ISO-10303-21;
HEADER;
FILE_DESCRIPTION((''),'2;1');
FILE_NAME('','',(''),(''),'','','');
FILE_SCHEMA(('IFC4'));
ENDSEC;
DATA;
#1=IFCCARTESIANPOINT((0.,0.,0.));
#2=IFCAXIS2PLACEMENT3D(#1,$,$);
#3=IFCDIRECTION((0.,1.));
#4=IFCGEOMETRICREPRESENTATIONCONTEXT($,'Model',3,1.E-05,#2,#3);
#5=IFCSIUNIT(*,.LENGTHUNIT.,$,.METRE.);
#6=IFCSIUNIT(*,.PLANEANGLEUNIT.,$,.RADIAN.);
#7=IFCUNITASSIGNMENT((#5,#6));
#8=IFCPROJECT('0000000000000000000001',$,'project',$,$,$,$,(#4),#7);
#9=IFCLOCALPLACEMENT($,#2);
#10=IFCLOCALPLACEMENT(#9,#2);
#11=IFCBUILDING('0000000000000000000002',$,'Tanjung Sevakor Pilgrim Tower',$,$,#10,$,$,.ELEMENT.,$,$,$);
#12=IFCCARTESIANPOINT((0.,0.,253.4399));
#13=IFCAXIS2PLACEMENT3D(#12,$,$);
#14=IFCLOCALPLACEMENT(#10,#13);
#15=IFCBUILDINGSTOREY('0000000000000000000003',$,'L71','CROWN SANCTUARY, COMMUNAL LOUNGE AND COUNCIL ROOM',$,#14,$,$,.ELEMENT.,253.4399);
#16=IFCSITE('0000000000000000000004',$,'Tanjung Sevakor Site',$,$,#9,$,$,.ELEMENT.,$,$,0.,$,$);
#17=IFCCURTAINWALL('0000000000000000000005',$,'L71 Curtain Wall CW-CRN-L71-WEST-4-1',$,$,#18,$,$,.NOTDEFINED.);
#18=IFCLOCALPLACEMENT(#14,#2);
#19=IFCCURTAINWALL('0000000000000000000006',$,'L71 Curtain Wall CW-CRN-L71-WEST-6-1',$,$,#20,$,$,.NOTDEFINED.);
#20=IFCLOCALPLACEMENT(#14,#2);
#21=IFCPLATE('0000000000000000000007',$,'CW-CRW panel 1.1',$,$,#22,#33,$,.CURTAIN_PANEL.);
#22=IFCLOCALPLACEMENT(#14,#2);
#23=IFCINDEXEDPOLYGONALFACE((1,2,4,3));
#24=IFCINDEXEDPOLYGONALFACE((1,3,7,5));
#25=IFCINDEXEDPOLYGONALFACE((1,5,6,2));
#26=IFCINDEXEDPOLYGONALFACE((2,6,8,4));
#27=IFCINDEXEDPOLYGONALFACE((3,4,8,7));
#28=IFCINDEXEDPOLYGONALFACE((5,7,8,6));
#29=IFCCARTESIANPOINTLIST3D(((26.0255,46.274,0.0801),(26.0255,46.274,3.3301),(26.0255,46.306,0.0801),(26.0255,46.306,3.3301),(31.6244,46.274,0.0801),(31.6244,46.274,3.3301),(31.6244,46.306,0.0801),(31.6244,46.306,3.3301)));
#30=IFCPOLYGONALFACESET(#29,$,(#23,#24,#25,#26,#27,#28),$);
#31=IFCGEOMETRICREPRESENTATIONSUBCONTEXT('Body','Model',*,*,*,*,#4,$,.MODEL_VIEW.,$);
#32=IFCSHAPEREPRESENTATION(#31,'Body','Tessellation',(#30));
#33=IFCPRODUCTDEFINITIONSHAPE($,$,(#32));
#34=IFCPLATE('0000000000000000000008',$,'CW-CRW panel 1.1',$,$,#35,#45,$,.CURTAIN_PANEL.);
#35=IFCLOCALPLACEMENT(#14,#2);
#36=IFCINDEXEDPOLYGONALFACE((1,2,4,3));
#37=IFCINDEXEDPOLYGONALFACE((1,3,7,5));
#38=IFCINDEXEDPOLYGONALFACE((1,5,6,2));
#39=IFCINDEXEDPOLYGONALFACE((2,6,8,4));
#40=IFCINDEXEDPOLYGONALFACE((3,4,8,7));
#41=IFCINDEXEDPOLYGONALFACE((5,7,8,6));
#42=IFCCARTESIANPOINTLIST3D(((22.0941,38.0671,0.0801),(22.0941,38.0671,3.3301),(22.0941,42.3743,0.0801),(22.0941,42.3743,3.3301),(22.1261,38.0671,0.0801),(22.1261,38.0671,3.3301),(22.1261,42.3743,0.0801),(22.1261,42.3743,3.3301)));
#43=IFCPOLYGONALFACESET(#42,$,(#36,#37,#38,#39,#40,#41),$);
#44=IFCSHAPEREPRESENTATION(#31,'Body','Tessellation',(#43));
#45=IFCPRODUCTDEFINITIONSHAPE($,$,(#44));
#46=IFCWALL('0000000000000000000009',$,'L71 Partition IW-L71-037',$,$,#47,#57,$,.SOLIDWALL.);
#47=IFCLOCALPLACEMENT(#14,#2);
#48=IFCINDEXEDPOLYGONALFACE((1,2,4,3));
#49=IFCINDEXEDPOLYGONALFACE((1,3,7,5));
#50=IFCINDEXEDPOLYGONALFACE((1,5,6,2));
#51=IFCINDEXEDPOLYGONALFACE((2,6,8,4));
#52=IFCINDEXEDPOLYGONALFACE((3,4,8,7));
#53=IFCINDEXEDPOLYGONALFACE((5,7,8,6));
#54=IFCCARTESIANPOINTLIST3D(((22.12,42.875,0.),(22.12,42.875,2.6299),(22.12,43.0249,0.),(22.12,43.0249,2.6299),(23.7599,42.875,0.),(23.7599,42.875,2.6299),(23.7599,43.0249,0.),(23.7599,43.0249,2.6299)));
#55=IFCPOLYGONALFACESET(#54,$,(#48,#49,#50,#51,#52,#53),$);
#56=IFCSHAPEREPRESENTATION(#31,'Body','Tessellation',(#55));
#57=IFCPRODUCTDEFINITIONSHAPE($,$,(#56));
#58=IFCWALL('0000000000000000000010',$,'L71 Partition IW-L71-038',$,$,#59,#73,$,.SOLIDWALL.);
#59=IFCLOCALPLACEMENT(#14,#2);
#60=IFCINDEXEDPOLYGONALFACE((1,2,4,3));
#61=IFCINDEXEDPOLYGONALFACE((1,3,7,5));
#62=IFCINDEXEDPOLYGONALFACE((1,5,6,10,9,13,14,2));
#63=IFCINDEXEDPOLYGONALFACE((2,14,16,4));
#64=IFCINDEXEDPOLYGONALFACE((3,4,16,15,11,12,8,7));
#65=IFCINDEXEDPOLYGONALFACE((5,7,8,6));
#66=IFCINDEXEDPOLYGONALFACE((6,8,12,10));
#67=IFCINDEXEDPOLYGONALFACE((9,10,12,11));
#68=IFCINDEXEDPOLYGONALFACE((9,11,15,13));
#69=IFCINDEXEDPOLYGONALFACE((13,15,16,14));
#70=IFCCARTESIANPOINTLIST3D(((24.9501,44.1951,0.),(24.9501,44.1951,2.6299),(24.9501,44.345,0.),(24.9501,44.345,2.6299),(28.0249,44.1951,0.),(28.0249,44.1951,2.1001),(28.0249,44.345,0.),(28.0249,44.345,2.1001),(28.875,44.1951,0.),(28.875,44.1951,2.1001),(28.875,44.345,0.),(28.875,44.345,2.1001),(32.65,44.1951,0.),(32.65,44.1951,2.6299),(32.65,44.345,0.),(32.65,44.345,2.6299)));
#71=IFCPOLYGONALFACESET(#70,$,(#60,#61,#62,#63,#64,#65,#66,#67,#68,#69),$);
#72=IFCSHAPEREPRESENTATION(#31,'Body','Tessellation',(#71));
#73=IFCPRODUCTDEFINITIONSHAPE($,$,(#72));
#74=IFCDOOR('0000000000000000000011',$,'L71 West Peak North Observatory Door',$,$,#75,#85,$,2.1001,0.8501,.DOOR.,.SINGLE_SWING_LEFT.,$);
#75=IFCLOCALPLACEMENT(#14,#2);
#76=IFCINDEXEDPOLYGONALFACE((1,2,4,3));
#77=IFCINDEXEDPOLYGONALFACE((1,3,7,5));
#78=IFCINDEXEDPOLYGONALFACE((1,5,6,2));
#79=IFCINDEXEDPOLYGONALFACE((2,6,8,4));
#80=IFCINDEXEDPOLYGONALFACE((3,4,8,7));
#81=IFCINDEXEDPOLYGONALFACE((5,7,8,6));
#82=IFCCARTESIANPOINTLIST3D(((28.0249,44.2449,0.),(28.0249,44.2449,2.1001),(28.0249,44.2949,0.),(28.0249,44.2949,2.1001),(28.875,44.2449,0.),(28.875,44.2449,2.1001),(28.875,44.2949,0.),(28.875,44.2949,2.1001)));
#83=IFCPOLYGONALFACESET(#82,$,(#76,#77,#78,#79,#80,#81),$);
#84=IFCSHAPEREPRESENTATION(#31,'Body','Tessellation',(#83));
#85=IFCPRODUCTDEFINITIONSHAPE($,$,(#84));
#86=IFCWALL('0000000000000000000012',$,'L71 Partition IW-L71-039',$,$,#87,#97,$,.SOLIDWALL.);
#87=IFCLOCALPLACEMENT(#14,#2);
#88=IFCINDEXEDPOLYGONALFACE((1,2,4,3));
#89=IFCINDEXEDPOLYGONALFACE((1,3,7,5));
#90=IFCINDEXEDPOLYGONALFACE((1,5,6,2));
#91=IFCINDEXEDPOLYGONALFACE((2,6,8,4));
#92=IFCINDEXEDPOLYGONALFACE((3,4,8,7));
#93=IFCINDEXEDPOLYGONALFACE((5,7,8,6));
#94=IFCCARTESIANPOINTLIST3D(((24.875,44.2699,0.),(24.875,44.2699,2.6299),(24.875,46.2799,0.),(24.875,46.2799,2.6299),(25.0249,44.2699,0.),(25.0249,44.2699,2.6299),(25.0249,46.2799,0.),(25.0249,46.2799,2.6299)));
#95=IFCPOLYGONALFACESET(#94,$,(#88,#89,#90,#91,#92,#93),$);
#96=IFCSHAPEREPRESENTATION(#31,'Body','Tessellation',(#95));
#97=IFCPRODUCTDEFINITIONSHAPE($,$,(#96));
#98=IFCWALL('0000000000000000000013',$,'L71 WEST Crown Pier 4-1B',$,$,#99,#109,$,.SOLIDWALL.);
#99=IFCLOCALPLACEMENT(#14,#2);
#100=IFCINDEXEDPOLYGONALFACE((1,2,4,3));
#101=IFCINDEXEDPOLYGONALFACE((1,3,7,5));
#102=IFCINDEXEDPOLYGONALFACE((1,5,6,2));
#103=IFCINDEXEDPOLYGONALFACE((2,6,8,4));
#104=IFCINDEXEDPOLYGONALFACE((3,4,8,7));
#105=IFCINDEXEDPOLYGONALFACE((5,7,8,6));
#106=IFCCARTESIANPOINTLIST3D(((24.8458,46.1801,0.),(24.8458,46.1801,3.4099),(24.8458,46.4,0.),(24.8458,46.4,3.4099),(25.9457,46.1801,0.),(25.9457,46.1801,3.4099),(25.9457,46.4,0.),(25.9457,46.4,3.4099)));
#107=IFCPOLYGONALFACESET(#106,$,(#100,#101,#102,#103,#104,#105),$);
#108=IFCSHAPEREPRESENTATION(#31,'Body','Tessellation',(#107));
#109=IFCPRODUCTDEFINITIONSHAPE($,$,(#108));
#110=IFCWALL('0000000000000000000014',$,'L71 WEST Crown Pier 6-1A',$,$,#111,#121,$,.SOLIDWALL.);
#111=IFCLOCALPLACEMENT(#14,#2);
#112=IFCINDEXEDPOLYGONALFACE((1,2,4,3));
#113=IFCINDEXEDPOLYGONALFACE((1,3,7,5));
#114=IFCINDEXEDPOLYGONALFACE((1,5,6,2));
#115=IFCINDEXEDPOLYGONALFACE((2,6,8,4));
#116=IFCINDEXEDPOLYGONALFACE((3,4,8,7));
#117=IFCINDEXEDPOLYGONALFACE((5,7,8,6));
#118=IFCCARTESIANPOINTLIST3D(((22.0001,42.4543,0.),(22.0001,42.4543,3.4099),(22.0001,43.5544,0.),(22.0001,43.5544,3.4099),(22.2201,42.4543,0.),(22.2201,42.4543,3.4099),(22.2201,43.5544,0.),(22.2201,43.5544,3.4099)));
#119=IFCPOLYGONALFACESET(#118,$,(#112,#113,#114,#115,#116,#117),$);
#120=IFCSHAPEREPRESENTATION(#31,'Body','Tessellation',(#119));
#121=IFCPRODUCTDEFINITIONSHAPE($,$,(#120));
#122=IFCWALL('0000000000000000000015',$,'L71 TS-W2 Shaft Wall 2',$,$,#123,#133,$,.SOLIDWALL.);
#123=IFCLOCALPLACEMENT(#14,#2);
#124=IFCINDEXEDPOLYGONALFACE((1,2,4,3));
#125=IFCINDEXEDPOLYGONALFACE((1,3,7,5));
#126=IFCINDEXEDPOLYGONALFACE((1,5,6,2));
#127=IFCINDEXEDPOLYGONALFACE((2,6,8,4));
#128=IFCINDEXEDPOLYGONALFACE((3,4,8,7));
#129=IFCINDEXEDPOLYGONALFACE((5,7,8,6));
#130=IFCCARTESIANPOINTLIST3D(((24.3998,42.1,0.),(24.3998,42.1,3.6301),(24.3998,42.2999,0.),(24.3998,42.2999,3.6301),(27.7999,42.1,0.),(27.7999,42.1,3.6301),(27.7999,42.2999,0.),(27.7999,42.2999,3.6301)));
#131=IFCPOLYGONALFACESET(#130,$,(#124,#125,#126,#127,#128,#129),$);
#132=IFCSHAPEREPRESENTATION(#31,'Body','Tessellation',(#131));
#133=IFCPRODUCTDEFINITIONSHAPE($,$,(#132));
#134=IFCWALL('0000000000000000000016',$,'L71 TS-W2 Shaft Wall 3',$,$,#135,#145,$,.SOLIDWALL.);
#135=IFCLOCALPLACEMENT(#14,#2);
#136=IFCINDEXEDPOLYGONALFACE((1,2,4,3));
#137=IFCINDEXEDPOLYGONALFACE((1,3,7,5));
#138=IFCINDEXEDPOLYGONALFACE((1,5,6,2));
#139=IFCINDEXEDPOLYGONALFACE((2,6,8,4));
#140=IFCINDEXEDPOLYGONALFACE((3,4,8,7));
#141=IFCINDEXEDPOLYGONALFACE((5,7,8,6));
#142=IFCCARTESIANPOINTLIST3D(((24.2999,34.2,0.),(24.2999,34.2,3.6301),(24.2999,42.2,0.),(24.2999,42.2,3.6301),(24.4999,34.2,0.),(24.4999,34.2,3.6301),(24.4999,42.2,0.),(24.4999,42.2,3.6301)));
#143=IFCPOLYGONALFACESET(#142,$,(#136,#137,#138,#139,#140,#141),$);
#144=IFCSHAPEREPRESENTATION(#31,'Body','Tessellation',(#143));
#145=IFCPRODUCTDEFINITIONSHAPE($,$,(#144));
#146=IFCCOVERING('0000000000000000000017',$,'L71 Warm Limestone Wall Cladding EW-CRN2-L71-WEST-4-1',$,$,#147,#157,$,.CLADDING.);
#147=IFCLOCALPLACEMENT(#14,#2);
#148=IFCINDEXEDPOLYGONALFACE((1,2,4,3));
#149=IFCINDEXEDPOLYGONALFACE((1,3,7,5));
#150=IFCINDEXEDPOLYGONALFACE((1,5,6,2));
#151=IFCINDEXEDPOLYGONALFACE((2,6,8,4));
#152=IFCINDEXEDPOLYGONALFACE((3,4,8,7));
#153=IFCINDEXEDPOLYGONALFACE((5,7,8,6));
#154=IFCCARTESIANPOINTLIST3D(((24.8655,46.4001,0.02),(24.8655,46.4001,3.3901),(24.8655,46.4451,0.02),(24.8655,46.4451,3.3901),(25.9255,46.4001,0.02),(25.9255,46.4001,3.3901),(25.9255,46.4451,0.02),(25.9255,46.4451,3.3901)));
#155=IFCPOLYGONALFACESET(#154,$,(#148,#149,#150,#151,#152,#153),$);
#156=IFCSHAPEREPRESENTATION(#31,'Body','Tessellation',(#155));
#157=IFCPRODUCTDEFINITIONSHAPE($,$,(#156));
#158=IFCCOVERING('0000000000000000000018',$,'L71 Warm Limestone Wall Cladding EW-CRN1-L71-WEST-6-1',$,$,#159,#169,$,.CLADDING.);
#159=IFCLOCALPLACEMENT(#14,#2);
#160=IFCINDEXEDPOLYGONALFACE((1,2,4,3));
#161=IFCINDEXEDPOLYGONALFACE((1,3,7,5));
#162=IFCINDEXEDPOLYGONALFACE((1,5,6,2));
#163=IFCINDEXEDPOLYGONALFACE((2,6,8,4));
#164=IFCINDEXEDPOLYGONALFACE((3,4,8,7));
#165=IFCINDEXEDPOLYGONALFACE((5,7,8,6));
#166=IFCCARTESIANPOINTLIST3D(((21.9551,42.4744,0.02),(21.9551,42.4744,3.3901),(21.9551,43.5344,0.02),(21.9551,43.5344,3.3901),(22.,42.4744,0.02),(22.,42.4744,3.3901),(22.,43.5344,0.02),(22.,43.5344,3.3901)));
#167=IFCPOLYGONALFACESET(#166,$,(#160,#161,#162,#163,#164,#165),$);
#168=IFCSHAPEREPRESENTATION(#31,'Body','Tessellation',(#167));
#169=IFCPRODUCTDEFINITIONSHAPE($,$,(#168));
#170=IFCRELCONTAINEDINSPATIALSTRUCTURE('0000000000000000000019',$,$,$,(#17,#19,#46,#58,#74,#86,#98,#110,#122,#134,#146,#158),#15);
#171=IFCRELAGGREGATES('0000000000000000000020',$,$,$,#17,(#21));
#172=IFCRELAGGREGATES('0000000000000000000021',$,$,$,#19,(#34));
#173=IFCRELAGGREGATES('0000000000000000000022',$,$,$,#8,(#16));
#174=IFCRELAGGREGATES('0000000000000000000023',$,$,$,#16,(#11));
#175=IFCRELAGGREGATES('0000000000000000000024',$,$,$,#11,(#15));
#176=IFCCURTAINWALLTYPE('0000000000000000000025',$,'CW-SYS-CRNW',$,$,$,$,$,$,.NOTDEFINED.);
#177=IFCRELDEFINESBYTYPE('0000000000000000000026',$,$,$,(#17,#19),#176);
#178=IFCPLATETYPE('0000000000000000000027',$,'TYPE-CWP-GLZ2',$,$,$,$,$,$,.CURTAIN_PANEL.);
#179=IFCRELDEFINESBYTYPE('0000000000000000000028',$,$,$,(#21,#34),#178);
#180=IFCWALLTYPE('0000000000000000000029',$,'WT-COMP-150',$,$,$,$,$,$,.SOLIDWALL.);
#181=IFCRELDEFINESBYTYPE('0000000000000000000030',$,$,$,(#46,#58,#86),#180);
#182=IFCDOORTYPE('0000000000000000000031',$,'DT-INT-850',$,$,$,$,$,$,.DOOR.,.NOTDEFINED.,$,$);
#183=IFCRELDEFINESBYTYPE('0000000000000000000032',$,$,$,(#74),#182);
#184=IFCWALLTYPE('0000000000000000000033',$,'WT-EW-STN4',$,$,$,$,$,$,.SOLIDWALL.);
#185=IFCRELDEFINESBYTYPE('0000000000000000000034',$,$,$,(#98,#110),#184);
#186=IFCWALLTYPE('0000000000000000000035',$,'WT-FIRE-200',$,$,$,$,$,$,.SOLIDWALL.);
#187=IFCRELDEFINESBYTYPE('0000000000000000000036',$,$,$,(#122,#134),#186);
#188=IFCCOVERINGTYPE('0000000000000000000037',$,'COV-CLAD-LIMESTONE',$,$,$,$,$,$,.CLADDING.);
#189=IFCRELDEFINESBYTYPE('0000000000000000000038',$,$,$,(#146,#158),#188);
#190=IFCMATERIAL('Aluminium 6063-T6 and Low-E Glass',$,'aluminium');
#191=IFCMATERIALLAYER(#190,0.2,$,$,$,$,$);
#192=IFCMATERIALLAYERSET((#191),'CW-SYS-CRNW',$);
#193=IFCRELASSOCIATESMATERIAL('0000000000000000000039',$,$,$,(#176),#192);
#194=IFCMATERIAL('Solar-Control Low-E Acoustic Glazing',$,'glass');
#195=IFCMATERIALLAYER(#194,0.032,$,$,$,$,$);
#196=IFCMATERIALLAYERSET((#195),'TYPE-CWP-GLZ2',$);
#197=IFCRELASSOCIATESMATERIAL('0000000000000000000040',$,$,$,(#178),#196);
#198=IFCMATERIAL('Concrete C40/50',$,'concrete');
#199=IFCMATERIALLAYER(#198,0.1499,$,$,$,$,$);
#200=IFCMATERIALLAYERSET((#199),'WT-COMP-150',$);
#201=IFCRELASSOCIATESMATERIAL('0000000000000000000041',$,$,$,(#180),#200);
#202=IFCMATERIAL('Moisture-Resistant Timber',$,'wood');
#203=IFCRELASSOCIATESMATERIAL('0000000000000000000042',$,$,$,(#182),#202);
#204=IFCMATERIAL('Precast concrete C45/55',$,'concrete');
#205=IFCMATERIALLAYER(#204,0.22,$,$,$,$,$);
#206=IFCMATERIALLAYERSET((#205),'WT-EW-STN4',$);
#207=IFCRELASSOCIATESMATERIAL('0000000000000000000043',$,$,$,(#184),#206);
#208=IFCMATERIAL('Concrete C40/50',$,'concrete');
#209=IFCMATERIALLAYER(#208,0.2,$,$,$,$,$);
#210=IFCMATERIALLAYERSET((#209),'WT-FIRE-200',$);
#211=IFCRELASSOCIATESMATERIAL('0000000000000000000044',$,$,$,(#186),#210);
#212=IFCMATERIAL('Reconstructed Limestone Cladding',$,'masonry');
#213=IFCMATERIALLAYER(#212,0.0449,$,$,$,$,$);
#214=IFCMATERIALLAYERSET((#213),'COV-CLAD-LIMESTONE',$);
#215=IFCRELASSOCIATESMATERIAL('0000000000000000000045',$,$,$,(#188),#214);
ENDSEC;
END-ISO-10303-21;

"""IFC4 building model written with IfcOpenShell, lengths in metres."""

from ifc_helpers import new_model, si_unit, direction, frame, frame_2d, origin, origin_2d, place, context, subcontext, project, spatial, rectangle, extrude, material, layer, layer_set, type_object, element, fill, aggregate, save


model = new_model("IFC4")

# Units and contexts
model_context = context("Model", 3, precision=1e-05, world=origin(), true_north=direction((0.0, 1.0)))
body_context = subcontext(model_context, "Body", "Model", "MODEL_VIEW")
ifc_project = project(units=[si_unit("LENGTHUNIT", "METRE"), si_unit("PLANEANGLEUNIT", "RADIAN")], contexts=[model_context])

# Site, building, storey
site_placement = place(None, origin())
site = spatial("IfcSite", under=ifc_project, at=site_placement, Name="Tanjung Sevakor Site", CompositionType="ELEMENT", RefElevation=0.0)
building_placement = place(site_placement, origin())
building = spatial("IfcBuilding", under=site, at=building_placement, Name="Tanjung Sevakor Pilgrim Tower", CompositionType="ELEMENT")
storey_placement = place(building_placement, frame((0.0, 0.0, 253.4399)))
storey = spatial("IfcBuildingStorey", under=building, at=storey_placement, Name="L71", Description="CROWN SANCTUARY, COMMUNAL LOUNGE AND COUNCIL ROOM", CompositionType="ELEMENT", Elevation=253.4399)

# Curtain walls
ifc_material_1 = material(Name="Aluminium 6063-T6 and Low-E Glass", Category="aluminium")
ifc_layer_1 = layer(ifc_material_1, 0.2)
ifc_layer_set_1 = layer_set([ifc_layer_1], Name="CW-SYS-CRNW")
curtain_wall_type_1 = type_object("IfcCurtainWallType", Name="CW-SYS-CRNW", PredefinedType="NOTDEFINED", material=ifc_layer_set_1)
curtain_wall_1_placement = place(storey_placement, origin())
curtain_wall_1 = element("IfcCurtainWall", 1, at=curtain_wall_1_placement, inside=storey, type_object=curtain_wall_type_1, Name="L71 Curtain Wall CW-CRN-L71-WEST-4-1", PredefinedType="NOTDEFINED")
curtain_wall_2_placement = place(storey_placement, origin())
curtain_wall_2 = element("IfcCurtainWall", 2, at=curtain_wall_2_placement, inside=storey, type_object=curtain_wall_type_1, Name="L71 Curtain Wall CW-CRN-L71-WEST-6-1", PredefinedType="NOTDEFINED")

# Plates
ifc_material_2 = material(Name="Solar-Control Low-E Acoustic Glazing", Category="glass")
ifc_layer_2 = layer(ifc_material_2, 0.032)
ifc_layer_set_2 = layer_set([ifc_layer_2], Name="TYPE-CWP-GLZ2")
plate_type_1 = type_object("IfcPlateType", Name="TYPE-CWP-GLZ2", PredefinedType="CURTAIN_PANEL", material=ifc_layer_set_2)
plate_1_placement = place(storey_placement, frame((28.825, 46.29, 0.0801), z_axis=(0.0, 0.0, 1.0), x_axis=(-1.0, 0.0, 0.0)))
plate_1 = element("IfcPlate", 3, at=plate_1_placement, type_object=plate_type_1, Name="CW-CRW panel 1.1", PredefinedType="CURTAIN_PANEL", context=body_context, shape_type="SweptSolid", body=[
    extrude(rectangle(XDim=5.5989, YDim=0.032, at=origin_2d()), origin(), (0.0, 0.0, 1.0), 3.25),
])
aggregate(curtain_wall_1, [plate_1])
plate_2_placement = place(storey_placement, frame((22.1101, 40.2207, 0.0801), z_axis=(0.0, 0.0, 1.0), x_axis=(0.0, -1.0, 0.0)))
plate_2 = element("IfcPlate", 4, at=plate_2_placement, type_object=plate_type_1, Name="CW-CRW panel 1.1", PredefinedType="CURTAIN_PANEL", context=body_context, shape_type="SweptSolid", body=[
    extrude(rectangle(XDim=4.3071, YDim=0.032, at=origin_2d()), origin(), (0.0, 0.0, 1.0), 3.25),
])
aggregate(curtain_wall_2, [plate_2])

# Wall
ifc_material_3 = material(Name="Concrete C40/50", Category="concrete")
ifc_layer_3 = layer(ifc_material_3, 0.1499)
ifc_layer_set_3 = layer_set([ifc_layer_3], Name="WT-COMP-150")
wall_type_1 = type_object("IfcWallType", Name="WT-COMP-150", PredefinedType="SOLIDWALL", material=ifc_layer_set_3)
wall_1_placement = place(storey_placement, frame((22.1201, 42.95, 0.0), z_axis=(0.0, 0.0, 1.0), x_axis=(1.0, 0.0, 0.0)))
element("IfcWall", 5, at=wall_1_placement, inside=storey, type_object=wall_type_1, Name="L71 Partition IW-L71-037", PredefinedType="SOLIDWALL", context=body_context, shape_type="SweptSolid", body=[
    extrude(rectangle(XDim=1.6399, YDim=0.1499, at=frame_2d((0.8198, 0.0))), origin(), (0.0, 0.0, 1.0), 2.6299),
])

# Wall, opening, door
wall_2_placement = place(storey_placement, frame((24.95, 44.27, 0.0), z_axis=(0.0, 0.0, 1.0), x_axis=(1.0, 0.0, 0.0)))
wall_2 = element("IfcWall", 6, at=wall_2_placement, inside=storey, type_object=wall_type_1, Name="L71 Partition IW-L71-038", PredefinedType="SOLIDWALL", context=body_context, shape_type="SweptSolid", body=[
    extrude(rectangle(XDim=7.7, YDim=0.1499, at=frame_2d((3.8501, 0.0))), origin(), (0.0, 0.0, 1.0), 2.6299),
])
opening_placement = place(wall_2_placement, frame((3.075, 0.0, 0.0)))
opening = element("IfcOpeningElement", 7, at=opening_placement, cuts=wall_2, PredefinedType="OPENING", context=body_context, shape_type="SweptSolid", body=[
    extrude(rectangle(XDim=0.8501, YDim=2.1001, at=frame_2d((0.425, 1.05))), frame((0.0, 0.085, 0.0), z_axis=(0.0, -1.0, 0.0), x_axis=(1.0, 0.0, 0.0)), (0.0, 0.0, 1.0), 0.1699),
])
ifc_material_4 = material(Name="Moisture-Resistant Timber", Category="wood")
door_type = type_object("IfcDoorType", Name="DT-INT-850", OperationType="NOTDEFINED", PredefinedType="DOOR", material=ifc_material_4)
door_placement = place(opening_placement, origin())
door = element("IfcDoor", 8, at=door_placement, inside=storey, type_object=door_type, Name="L71 West Peak North Observatory Door", OperationType="SINGLE_SWING_LEFT", OverallHeight=2.1001, OverallWidth=0.8501, PredefinedType="DOOR", context=body_context, shape_type="SweptSolid", body=[
    extrude(rectangle(XDim=0.8501, YDim=2.1001, at=frame_2d((0.425, 1.05))), frame((0.0, 0.0249, 0.0), z_axis=(0.0, -1.0, 0.0), x_axis=(1.0, 0.0, 0.0)), (0.0, 0.0, 1.0), 0.05),
])
fill(opening, door)

# Walls
wall_3_placement = place(storey_placement, frame((24.95, 44.27, 0.0), z_axis=(0.0, 0.0, 1.0), x_axis=(0.0, 1.0, 0.0)))
element("IfcWall", 9, at=wall_3_placement, inside=storey, type_object=wall_type_1, Name="L71 Partition IW-L71-039", PredefinedType="SOLIDWALL", context=body_context, shape_type="SweptSolid", body=[
    extrude(rectangle(XDim=2.01, YDim=0.1499, at=frame_2d((1.0049, 0.0))), origin(), (0.0, 0.0, 1.0), 2.6299),
])
ifc_material_5 = material(Name="Precast concrete C45/55", Category="concrete")
ifc_layer_4 = layer(ifc_material_5, 0.22)
ifc_layer_set_4 = layer_set([ifc_layer_4], Name="WT-EW-STN4")
wall_type_2 = type_object("IfcWallType", Name="WT-EW-STN4", PredefinedType="SOLIDWALL", material=ifc_layer_set_4)
wall_4_placement = place(storey_placement, frame((25.9456, 46.29, 0.0), z_axis=(0.0, 0.0, 1.0), x_axis=(-1.0, 0.0, 0.0)))
element("IfcWall", 10, at=wall_4_placement, inside=storey, type_object=wall_type_2, Name="L71 WEST Crown Pier 4-1B", PredefinedType="SOLIDWALL", context=body_context, shape_type="SweptSolid", body=[
    extrude(rectangle(XDim=1.0999, YDim=0.22, at=frame_2d((0.5498, 0.0))), origin(), (0.0, 0.0, 1.0), 3.4099),
])
wall_5_placement = place(storey_placement, frame((22.1101, 43.5544, 0.0), z_axis=(0.0, 0.0, 1.0), x_axis=(0.0, -1.0, 0.0)))
element("IfcWall", 11, at=wall_5_placement, inside=storey, type_object=wall_type_2, Name="L71 WEST Crown Pier 6-1A", PredefinedType="SOLIDWALL", context=body_context, shape_type="SweptSolid", body=[
    extrude(rectangle(XDim=1.1001, YDim=0.22, at=frame_2d((0.55, 0.0))), origin(), (0.0, 0.0, 1.0), 3.4099),
])
ifc_material_6 = material(Name="Concrete C40/50", Category="concrete")
ifc_layer_5 = layer(ifc_material_6, 0.2)
ifc_layer_set_5 = layer_set([ifc_layer_5], Name="WT-FIRE-200")
wall_type_3 = type_object("IfcWallType", Name="WT-FIRE-200", PredefinedType="SOLIDWALL", material=ifc_layer_set_5)
wall_6_placement = place(storey_placement, frame((27.8, 42.2, 0.0), z_axis=(0.0, 0.0, 1.0), x_axis=(-1.0, 0.0, 0.0)))
element("IfcWall", 12, at=wall_6_placement, inside=storey, type_object=wall_type_3, Name="L71 TS-W2 Shaft Wall 2", PredefinedType="SOLIDWALL", context=body_context, shape_type="SweptSolid", body=[
    extrude(rectangle(XDim=3.4001, YDim=0.2, at=frame_2d((1.7002, 0.0))), origin(), (0.0, 0.0, 1.0), 3.6301),
])
wall_7_placement = place(storey_placement, frame((24.3999, 42.2, 0.0), z_axis=(0.0, 0.0, 1.0), x_axis=(0.0, -1.0, 0.0)))
element("IfcWall", 13, at=wall_7_placement, inside=storey, type_object=wall_type_3, Name="L71 TS-W2 Shaft Wall 3", PredefinedType="SOLIDWALL", context=body_context, shape_type="SweptSolid", body=[
    extrude(rectangle(XDim=8.0, YDim=0.2, at=frame_2d((4.0, 0.0))), origin(), (0.0, 0.0, 1.0), 3.6301),
])

# Coverings
ifc_material_7 = material(Name="Reconstructed Limestone Cladding", Category="masonry")
ifc_layer_6 = layer(ifc_material_7, 0.0449)
ifc_layer_set_6 = layer_set([ifc_layer_6], Name="COV-CLAD-LIMESTONE")
covering_type = type_object("IfcCoveringType", Name="COV-CLAD-LIMESTONE", PredefinedType="CLADDING", material=ifc_layer_set_6)
for number, where, z_axis, x_axis, name in (
    (14, (25.3955, 46.4226, 0.02), (0.0, 0.0, 1.0), (-1.0, 0.0, 0.0), "L71 Warm Limestone Wall Cladding EW-CRN2-L71-WEST-4-1"),
    (15, (21.9775, 43.0044, 0.02), (0.0, 0.0, 1.0), (0.0, -1.0, 0.0), "L71 Warm Limestone Wall Cladding EW-CRN1-L71-WEST-6-1"),
):
    element("IfcCovering", number, at=place(storey_placement, frame(where, z_axis=z_axis, x_axis=x_axis)), inside=storey, type_object=covering_type, Name=name, PredefinedType="CLADDING", context=body_context, shape_type="SweptSolid", body=[
        extrude(rectangle(XDim=1.0601, YDim=0.0449, at=origin_2d()), origin(), (0.0, 0.0, 1.0), 3.3701),
    ])

save(model, "model.ifc")
